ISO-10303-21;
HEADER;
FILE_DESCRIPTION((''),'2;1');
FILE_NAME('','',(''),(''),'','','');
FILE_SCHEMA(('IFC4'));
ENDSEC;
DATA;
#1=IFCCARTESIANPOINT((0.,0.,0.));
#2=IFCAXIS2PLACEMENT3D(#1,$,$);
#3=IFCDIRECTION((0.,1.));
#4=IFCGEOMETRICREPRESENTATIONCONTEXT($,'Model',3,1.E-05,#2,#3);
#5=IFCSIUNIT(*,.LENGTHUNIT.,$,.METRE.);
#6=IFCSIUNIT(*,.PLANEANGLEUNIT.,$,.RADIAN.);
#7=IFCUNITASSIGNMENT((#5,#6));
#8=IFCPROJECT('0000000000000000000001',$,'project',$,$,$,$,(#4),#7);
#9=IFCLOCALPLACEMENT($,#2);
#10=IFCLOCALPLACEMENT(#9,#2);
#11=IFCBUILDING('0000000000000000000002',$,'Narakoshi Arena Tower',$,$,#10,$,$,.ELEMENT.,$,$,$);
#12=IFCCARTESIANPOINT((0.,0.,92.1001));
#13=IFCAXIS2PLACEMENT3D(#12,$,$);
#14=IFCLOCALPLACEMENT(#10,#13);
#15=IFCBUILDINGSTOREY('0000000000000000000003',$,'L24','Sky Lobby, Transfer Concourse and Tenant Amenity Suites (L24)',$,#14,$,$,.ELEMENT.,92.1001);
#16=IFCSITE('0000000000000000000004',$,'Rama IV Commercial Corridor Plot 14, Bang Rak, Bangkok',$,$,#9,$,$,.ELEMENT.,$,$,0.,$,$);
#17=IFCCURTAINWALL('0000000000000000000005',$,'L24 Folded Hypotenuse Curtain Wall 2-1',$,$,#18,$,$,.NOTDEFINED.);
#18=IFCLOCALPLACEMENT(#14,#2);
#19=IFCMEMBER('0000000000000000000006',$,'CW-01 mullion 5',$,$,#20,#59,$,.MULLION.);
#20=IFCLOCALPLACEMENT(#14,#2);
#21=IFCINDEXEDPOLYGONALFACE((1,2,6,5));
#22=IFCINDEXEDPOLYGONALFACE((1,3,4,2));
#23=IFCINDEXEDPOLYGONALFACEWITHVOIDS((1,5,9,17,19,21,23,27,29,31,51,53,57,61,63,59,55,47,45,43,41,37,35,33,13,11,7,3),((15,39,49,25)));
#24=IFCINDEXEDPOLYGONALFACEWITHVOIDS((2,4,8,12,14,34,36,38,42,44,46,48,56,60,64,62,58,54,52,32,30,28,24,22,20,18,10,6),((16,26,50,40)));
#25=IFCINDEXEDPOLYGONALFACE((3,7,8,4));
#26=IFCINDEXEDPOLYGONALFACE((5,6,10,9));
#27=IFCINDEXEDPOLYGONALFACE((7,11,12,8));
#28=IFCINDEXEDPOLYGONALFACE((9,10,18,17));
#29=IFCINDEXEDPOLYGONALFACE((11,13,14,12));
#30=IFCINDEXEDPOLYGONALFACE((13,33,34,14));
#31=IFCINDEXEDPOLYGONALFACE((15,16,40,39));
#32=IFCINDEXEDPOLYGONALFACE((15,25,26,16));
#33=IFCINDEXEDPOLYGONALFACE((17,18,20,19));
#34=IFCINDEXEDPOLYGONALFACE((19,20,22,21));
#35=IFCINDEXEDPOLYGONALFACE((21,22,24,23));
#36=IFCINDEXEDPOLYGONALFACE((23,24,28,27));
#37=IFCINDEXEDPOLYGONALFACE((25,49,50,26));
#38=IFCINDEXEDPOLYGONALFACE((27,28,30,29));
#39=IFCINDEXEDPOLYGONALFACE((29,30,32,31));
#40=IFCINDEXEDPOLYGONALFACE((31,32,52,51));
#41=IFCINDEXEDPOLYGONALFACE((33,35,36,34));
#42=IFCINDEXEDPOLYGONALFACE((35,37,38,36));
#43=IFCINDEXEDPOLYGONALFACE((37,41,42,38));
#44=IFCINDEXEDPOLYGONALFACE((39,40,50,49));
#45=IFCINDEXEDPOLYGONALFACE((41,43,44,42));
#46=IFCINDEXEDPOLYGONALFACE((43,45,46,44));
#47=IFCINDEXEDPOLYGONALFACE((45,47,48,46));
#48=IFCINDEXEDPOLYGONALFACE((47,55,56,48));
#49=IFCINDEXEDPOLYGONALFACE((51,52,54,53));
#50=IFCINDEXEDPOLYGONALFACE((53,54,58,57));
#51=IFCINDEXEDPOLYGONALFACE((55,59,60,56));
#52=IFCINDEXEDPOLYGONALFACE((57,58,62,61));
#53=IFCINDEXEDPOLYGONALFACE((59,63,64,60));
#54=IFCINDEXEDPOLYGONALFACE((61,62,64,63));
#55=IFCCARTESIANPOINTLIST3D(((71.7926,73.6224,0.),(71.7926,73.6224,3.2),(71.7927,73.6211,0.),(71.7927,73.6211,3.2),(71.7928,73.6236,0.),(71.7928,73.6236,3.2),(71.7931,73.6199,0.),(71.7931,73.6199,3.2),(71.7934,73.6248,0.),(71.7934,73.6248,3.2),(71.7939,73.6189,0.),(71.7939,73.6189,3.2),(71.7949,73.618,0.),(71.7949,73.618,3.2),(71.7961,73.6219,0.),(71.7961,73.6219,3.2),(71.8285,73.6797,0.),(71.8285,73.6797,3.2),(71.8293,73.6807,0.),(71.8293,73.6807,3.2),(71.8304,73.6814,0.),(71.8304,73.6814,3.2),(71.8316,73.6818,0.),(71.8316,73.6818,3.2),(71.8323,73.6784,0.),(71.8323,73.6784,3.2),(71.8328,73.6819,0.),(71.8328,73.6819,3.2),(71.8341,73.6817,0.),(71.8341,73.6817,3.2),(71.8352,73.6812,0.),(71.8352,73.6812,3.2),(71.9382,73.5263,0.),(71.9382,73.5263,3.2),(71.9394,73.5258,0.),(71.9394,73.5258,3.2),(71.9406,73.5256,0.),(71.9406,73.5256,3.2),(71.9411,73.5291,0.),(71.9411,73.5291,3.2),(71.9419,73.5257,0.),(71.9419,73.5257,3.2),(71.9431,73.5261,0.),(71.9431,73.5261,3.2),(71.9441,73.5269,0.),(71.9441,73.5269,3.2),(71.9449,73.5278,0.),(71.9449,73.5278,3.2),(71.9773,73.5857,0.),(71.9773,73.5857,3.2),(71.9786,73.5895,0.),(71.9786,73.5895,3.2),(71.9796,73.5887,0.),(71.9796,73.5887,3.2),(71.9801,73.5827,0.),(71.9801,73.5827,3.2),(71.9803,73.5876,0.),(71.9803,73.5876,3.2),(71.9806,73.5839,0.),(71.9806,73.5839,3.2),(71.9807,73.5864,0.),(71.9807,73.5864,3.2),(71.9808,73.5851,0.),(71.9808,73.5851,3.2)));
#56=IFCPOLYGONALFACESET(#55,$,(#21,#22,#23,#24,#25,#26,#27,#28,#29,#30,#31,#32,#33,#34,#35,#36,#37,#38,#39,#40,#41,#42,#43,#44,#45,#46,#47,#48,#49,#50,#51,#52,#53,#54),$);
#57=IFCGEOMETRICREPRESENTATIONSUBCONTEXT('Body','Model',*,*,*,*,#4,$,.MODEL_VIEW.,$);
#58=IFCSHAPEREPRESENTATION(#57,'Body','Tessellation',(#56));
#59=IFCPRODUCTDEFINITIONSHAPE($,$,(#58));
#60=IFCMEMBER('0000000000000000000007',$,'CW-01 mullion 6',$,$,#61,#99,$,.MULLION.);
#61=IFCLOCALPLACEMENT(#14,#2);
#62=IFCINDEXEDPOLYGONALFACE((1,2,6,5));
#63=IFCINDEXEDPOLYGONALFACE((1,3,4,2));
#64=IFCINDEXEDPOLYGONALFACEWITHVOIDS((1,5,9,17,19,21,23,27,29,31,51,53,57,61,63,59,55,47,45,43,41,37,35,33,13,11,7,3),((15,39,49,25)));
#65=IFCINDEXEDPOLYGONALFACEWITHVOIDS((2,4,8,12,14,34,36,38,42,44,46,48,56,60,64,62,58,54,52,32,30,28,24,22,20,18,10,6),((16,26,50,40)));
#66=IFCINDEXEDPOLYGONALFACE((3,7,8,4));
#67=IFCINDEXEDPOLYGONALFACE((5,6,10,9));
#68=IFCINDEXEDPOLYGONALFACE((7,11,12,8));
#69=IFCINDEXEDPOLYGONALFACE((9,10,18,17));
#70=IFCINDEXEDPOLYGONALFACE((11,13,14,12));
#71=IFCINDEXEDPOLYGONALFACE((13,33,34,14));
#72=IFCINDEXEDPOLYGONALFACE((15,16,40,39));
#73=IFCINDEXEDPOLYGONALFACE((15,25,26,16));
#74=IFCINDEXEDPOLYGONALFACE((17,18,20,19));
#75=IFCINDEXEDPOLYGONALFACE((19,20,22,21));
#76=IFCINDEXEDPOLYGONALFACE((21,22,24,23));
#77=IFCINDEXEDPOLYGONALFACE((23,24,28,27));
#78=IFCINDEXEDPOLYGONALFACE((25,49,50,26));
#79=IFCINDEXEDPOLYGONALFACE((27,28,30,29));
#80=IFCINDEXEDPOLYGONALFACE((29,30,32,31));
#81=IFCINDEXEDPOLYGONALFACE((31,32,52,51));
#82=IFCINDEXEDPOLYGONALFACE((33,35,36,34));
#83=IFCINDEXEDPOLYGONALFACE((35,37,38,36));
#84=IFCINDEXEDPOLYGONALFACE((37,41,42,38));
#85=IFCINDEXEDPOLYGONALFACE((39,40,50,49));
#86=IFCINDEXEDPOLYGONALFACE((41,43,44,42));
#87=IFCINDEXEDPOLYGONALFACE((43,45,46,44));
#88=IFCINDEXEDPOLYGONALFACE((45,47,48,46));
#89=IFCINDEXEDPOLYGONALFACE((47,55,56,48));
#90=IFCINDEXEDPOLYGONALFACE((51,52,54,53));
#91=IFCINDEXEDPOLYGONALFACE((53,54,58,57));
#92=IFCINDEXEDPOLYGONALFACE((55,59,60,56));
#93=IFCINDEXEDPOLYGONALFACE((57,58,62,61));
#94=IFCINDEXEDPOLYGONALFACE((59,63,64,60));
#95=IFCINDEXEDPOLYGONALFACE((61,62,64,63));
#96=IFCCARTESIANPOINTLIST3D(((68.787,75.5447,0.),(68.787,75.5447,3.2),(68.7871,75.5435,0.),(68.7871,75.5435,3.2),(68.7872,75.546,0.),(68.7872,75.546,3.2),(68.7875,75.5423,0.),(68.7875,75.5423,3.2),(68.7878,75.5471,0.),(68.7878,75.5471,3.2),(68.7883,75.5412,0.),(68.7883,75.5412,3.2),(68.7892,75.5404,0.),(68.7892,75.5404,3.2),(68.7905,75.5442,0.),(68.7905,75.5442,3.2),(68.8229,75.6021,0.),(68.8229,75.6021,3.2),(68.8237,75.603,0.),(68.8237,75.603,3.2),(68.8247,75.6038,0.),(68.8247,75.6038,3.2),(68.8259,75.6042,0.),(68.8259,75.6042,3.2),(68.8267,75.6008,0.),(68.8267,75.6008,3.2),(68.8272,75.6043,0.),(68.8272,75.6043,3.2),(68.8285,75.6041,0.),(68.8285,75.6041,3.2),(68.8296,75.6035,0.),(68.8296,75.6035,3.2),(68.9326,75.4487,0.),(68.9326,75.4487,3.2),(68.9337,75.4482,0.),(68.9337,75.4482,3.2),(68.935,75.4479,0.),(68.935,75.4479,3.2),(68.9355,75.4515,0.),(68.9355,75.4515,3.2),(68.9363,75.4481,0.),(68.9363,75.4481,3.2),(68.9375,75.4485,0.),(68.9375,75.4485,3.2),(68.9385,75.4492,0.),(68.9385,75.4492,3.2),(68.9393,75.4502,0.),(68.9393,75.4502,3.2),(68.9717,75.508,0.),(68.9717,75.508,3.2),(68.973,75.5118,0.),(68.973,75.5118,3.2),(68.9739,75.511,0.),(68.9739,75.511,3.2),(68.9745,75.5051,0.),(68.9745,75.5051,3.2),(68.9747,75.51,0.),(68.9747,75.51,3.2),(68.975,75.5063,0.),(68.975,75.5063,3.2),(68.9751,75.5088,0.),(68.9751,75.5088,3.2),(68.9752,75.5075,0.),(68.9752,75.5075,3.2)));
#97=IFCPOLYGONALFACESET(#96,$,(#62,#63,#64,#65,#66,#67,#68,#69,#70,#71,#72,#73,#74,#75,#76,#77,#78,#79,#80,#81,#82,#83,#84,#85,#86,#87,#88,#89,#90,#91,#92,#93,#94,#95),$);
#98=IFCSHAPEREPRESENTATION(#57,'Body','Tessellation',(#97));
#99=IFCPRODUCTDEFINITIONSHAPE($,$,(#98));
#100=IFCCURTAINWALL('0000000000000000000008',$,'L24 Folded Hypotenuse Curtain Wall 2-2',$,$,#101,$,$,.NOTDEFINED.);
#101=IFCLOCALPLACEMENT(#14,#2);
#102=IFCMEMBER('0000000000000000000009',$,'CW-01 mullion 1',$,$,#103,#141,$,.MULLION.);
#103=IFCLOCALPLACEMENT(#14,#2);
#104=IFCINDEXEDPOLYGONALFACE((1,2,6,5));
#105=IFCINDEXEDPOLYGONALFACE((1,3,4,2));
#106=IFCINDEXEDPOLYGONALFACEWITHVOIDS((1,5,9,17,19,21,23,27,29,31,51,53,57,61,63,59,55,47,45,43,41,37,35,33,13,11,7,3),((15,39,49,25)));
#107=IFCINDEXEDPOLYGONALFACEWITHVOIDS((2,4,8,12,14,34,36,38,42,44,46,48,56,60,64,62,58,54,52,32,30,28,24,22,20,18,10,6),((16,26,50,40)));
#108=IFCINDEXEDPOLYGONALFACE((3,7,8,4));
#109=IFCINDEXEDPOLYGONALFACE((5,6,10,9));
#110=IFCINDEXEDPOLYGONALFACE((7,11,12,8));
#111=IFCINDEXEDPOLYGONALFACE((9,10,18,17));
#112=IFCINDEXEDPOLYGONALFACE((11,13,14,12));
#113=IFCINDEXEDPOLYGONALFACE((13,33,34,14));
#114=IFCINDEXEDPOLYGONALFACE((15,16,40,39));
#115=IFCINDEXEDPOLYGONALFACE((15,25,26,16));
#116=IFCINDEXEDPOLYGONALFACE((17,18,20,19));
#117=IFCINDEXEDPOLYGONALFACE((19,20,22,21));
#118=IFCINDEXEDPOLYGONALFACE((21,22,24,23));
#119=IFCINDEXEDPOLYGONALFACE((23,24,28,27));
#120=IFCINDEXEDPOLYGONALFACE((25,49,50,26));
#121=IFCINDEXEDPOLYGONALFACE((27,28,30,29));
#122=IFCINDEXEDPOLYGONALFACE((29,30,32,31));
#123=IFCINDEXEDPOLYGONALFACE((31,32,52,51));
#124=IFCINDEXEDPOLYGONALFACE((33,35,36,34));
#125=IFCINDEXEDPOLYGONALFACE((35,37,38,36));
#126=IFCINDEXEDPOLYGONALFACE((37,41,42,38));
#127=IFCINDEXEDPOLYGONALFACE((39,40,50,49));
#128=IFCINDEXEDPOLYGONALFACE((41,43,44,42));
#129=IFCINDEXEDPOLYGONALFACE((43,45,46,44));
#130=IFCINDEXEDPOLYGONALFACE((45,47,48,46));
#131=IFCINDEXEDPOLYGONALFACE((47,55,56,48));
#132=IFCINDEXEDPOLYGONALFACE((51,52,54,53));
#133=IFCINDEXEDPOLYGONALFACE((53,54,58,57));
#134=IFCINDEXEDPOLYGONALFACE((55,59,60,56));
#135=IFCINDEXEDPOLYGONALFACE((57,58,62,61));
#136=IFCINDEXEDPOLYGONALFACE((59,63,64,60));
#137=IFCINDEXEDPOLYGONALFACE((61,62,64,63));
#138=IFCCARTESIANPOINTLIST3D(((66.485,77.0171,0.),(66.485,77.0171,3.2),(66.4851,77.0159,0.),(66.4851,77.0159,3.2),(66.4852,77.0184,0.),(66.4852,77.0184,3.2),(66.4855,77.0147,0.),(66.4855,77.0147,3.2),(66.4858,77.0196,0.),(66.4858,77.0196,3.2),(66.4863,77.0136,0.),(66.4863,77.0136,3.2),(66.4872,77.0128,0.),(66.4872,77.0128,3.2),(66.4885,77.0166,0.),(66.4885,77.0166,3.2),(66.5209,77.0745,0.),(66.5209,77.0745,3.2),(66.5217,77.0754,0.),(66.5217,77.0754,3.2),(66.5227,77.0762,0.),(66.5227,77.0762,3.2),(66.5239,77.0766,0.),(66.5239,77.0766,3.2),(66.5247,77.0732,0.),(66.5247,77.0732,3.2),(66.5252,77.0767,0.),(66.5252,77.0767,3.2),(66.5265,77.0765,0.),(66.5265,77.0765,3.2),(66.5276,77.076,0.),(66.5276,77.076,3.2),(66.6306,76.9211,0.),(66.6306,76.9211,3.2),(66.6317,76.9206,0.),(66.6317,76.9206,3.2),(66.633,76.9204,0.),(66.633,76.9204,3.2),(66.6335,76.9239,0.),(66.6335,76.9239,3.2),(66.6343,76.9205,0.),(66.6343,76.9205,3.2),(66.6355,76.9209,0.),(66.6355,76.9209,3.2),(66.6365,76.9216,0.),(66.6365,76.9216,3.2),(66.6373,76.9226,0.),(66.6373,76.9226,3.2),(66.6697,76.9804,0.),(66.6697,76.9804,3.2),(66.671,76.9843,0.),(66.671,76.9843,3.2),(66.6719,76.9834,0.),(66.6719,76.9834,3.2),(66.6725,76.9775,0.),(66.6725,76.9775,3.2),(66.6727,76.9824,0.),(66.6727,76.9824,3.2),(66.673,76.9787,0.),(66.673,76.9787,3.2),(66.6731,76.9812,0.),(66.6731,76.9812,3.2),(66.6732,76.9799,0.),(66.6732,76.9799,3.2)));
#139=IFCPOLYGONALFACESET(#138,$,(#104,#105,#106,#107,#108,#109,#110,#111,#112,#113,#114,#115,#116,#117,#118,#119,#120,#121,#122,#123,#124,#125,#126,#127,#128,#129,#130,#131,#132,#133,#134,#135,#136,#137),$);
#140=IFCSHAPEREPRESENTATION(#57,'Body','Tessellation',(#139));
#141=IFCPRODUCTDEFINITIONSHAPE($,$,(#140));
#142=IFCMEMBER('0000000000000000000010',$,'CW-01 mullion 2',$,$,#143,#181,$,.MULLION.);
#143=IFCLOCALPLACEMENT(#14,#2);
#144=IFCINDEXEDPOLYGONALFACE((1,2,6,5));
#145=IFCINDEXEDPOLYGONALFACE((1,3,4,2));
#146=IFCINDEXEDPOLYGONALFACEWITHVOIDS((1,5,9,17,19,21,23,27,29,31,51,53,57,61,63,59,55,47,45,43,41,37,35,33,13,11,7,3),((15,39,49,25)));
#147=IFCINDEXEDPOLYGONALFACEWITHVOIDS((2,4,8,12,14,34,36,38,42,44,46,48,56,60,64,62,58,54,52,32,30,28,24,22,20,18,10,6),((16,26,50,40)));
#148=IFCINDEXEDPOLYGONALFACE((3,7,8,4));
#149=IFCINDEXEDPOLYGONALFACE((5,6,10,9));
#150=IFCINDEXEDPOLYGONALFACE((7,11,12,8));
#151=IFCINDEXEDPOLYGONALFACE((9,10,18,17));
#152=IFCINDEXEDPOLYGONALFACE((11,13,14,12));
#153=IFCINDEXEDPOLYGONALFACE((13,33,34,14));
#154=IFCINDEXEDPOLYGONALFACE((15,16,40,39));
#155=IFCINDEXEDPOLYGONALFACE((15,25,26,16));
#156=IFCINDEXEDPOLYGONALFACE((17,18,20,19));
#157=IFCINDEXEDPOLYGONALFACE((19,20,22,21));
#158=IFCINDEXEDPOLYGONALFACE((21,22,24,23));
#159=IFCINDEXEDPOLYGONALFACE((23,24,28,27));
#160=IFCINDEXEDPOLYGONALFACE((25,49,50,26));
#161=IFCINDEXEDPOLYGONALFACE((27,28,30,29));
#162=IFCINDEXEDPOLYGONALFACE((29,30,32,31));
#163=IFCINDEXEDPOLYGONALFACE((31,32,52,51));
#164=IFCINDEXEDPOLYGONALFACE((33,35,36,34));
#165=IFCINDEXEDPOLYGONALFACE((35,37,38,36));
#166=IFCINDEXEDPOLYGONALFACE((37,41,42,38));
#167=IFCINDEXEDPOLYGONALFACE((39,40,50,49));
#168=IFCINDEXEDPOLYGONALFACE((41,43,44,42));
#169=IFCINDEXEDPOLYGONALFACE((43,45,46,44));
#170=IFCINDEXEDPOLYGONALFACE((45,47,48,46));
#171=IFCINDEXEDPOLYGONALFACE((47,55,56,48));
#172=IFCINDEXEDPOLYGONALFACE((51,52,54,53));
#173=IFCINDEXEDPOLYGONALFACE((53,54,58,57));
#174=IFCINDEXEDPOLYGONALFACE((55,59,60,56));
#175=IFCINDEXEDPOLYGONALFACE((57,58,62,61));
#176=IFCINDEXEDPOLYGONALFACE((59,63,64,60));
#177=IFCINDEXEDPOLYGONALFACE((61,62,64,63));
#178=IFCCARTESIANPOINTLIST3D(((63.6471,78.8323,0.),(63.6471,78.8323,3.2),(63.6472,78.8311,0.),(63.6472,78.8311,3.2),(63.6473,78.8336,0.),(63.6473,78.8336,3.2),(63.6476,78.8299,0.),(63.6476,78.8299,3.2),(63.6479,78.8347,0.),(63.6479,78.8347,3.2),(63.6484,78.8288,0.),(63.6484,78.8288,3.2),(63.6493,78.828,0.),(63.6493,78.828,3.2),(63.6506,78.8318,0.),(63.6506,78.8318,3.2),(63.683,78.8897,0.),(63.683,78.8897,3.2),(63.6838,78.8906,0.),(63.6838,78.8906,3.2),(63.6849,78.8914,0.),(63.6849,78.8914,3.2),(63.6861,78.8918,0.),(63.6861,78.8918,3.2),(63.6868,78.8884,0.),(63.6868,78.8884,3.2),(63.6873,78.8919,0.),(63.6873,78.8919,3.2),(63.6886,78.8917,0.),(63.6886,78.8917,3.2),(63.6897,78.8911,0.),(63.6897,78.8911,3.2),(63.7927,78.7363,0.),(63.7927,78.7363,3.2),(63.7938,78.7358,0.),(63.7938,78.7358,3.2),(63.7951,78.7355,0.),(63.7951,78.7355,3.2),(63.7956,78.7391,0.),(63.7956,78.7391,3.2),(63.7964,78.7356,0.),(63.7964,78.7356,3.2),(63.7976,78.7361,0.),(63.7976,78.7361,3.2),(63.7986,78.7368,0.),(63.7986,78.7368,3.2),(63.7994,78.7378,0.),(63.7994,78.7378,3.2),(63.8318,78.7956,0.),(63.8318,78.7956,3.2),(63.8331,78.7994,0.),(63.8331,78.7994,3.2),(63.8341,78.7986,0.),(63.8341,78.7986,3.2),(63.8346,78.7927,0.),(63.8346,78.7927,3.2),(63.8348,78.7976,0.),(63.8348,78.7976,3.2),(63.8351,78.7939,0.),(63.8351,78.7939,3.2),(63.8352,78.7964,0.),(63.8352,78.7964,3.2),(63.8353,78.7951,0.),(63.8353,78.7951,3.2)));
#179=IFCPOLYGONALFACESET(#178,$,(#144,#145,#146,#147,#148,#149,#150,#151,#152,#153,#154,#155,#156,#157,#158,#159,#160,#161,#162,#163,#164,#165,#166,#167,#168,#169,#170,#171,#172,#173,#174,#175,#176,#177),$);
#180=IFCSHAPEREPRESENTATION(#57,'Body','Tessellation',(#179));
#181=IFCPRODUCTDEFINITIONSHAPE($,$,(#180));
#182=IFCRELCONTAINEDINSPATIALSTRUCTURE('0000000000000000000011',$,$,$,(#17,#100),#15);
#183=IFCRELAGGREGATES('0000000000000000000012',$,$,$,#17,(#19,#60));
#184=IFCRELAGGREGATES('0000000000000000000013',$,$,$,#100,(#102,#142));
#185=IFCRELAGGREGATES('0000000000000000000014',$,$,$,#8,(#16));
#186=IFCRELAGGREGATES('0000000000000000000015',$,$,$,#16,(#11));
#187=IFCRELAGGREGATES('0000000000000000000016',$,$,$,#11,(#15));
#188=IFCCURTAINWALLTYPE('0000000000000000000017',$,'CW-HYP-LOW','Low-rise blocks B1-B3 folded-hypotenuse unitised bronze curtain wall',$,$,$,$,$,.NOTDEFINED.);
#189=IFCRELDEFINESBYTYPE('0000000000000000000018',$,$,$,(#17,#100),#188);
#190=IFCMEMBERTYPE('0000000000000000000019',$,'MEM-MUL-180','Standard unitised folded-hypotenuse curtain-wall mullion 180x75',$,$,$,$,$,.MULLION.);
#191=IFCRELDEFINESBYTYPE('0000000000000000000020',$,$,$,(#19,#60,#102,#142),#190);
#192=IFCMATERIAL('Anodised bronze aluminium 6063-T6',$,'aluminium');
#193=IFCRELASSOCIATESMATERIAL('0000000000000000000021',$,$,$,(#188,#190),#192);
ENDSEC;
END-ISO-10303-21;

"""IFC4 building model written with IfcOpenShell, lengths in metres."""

from ifc_helpers import new_model, si_unit, direction, frame, origin, origin_2d, place, context, subcontext, project, spatial, hollow_rectangle, extrude, material, material_profile, profile_set, type_object, element, aggregate, save


model = new_model("IFC4")

# Units and contexts
model_context = context("Model", 3, precision=1e-05, world=origin(), true_north=direction((0.0, 1.0)))
body_context = subcontext(model_context, "Body", "Model", "MODEL_VIEW")
ifc_project = project(units=[si_unit("LENGTHUNIT", "METRE"), si_unit("PLANEANGLEUNIT", "RADIAN")], contexts=[model_context])

# Site, building, storey
site_placement = place(None, origin())
site = spatial("IfcSite", under=ifc_project, at=site_placement, Name="Rama IV Commercial Corridor Plot 14, Bang Rak, Bangkok", CompositionType="ELEMENT", RefElevation=0.0)
building_placement = place(site_placement, origin())
building = spatial("IfcBuilding", under=site, at=building_placement, Name="Narakoshi Arena Tower", CompositionType="ELEMENT")
storey_placement = place(building_placement, frame((0.0, 0.0, 92.1001)))
storey = spatial("IfcBuildingStorey", under=building, at=storey_placement, Name="L24", Description="Sky Lobby, Transfer Concourse and Tenant Amenity Suites (L24)", CompositionType="ELEMENT", Elevation=92.1001)

# Curtain walls, members
ifc_material_1 = material(Name="Anodised bronze aluminium 6063-T6", Category="aluminium")
curtain_wall_type = type_object("IfcCurtainWallType", Name="CW-HYP-LOW", Description="Low-rise blocks B1-B3 folded-hypotenuse unitised bronze curtain wall", PredefinedType="NOTDEFINED", material=ifc_material_1)
curtain_wall_1_placement = place(storey_placement, origin())
curtain_wall_1 = element("IfcCurtainWall", 1, at=curtain_wall_1_placement, inside=storey, type_object=curtain_wall_type, Name="L24 Folded Hypotenuse Curtain Wall 2-1", PredefinedType="NOTDEFINED")
ifc_material_profile_1 = material_profile(ifc_material_1, hollow_rectangle(XDim=0.075, YDim=0.1799, WallThickness=0.0039, OuterFilletRadius=0.0049, at=origin_2d()), Name="MUL180x75x4")
ifc_profile_set_1 = profile_set([ifc_material_profile_1], Name="Anodised bronze aluminium 6063-T6")
member_type_1 = type_object("IfcMemberType", Name="MEM-MUL-180", Description="Standard unitised folded-hypotenuse curtain-wall mullion 180x75", PredefinedType="MULLION", material=ifc_profile_set_1)
member_1_placement = place(storey_placement, frame((71.8867, 73.6038, 0.0), z_axis=(0.0, 0.0, 1.0), x_axis=(-0.538831, -0.842414, 0.0)))
member_1 = element("IfcMember", 2, at=member_1_placement, type_object=member_type_1, Name="CW-01 mullion 5", PredefinedType="MULLION", context=body_context, shape_type="SweptSolid", body=[
    extrude(hollow_rectangle(XDim=0.075, YDim=0.1799, WallThickness=0.0039, OuterFilletRadius=0.0049, at=origin_2d()), origin(), (0.0, 0.0, 1.0), 3.2),
])
member_2_placement = place(storey_placement, frame((68.8811, 75.5261, 0.0), z_axis=(0.0, 0.0, 1.0), x_axis=(-0.538831, -0.842414, 0.0)))
member_2 = element("IfcMember", 3, at=member_2_placement, type_object=member_type_1, Name="CW-01 mullion 6", PredefinedType="MULLION", context=body_context, shape_type="SweptSolid", body=[
    extrude(hollow_rectangle(XDim=0.075, YDim=0.1799, WallThickness=0.0039, OuterFilletRadius=0.0049, at=origin_2d()), origin(), (0.0, 0.0, 1.0), 3.2),
])
curtain_wall_2_placement = place(storey_placement, origin())
curtain_wall_2 = element("IfcCurtainWall", 4, at=curtain_wall_2_placement, inside=storey, type_object=curtain_wall_type, Name="L24 Folded Hypotenuse Curtain Wall 2-2", PredefinedType="NOTDEFINED")
member_3_placement = place(storey_placement, frame((66.5791, 76.9985, 0.0), z_axis=(0.0, 0.0, 1.0), x_axis=(-0.538847, -0.842404, 0.0)))
member_3 = element("IfcMember", 5, at=member_3_placement, type_object=member_type_1, Name="CW-01 mullion 1", PredefinedType="MULLION", context=body_context, shape_type="SweptSolid", body=[
    extrude(hollow_rectangle(XDim=0.075, YDim=0.1799, WallThickness=0.0039, OuterFilletRadius=0.0049, at=origin_2d()), origin(), (0.0, 0.0, 1.0), 3.2),
])
member_4_placement = place(storey_placement, frame((63.7412, 78.8137, 0.0), z_axis=(0.0, 0.0, 1.0), x_axis=(-0.538847, -0.842404, 0.0)))
member_4 = element("IfcMember", 6, at=member_4_placement, type_object=member_type_1, Name="CW-01 mullion 2", PredefinedType="MULLION", context=body_context, shape_type="SweptSolid", body=[
    extrude(hollow_rectangle(XDim=0.075, YDim=0.1799, WallThickness=0.0039, OuterFilletRadius=0.0049, at=origin_2d()), origin(), (0.0, 0.0, 1.0), 3.2),
])

aggregate(curtain_wall_1, [member_1, member_2])
aggregate(curtain_wall_2, [member_3, member_4])

save(model, "model.ifc")
